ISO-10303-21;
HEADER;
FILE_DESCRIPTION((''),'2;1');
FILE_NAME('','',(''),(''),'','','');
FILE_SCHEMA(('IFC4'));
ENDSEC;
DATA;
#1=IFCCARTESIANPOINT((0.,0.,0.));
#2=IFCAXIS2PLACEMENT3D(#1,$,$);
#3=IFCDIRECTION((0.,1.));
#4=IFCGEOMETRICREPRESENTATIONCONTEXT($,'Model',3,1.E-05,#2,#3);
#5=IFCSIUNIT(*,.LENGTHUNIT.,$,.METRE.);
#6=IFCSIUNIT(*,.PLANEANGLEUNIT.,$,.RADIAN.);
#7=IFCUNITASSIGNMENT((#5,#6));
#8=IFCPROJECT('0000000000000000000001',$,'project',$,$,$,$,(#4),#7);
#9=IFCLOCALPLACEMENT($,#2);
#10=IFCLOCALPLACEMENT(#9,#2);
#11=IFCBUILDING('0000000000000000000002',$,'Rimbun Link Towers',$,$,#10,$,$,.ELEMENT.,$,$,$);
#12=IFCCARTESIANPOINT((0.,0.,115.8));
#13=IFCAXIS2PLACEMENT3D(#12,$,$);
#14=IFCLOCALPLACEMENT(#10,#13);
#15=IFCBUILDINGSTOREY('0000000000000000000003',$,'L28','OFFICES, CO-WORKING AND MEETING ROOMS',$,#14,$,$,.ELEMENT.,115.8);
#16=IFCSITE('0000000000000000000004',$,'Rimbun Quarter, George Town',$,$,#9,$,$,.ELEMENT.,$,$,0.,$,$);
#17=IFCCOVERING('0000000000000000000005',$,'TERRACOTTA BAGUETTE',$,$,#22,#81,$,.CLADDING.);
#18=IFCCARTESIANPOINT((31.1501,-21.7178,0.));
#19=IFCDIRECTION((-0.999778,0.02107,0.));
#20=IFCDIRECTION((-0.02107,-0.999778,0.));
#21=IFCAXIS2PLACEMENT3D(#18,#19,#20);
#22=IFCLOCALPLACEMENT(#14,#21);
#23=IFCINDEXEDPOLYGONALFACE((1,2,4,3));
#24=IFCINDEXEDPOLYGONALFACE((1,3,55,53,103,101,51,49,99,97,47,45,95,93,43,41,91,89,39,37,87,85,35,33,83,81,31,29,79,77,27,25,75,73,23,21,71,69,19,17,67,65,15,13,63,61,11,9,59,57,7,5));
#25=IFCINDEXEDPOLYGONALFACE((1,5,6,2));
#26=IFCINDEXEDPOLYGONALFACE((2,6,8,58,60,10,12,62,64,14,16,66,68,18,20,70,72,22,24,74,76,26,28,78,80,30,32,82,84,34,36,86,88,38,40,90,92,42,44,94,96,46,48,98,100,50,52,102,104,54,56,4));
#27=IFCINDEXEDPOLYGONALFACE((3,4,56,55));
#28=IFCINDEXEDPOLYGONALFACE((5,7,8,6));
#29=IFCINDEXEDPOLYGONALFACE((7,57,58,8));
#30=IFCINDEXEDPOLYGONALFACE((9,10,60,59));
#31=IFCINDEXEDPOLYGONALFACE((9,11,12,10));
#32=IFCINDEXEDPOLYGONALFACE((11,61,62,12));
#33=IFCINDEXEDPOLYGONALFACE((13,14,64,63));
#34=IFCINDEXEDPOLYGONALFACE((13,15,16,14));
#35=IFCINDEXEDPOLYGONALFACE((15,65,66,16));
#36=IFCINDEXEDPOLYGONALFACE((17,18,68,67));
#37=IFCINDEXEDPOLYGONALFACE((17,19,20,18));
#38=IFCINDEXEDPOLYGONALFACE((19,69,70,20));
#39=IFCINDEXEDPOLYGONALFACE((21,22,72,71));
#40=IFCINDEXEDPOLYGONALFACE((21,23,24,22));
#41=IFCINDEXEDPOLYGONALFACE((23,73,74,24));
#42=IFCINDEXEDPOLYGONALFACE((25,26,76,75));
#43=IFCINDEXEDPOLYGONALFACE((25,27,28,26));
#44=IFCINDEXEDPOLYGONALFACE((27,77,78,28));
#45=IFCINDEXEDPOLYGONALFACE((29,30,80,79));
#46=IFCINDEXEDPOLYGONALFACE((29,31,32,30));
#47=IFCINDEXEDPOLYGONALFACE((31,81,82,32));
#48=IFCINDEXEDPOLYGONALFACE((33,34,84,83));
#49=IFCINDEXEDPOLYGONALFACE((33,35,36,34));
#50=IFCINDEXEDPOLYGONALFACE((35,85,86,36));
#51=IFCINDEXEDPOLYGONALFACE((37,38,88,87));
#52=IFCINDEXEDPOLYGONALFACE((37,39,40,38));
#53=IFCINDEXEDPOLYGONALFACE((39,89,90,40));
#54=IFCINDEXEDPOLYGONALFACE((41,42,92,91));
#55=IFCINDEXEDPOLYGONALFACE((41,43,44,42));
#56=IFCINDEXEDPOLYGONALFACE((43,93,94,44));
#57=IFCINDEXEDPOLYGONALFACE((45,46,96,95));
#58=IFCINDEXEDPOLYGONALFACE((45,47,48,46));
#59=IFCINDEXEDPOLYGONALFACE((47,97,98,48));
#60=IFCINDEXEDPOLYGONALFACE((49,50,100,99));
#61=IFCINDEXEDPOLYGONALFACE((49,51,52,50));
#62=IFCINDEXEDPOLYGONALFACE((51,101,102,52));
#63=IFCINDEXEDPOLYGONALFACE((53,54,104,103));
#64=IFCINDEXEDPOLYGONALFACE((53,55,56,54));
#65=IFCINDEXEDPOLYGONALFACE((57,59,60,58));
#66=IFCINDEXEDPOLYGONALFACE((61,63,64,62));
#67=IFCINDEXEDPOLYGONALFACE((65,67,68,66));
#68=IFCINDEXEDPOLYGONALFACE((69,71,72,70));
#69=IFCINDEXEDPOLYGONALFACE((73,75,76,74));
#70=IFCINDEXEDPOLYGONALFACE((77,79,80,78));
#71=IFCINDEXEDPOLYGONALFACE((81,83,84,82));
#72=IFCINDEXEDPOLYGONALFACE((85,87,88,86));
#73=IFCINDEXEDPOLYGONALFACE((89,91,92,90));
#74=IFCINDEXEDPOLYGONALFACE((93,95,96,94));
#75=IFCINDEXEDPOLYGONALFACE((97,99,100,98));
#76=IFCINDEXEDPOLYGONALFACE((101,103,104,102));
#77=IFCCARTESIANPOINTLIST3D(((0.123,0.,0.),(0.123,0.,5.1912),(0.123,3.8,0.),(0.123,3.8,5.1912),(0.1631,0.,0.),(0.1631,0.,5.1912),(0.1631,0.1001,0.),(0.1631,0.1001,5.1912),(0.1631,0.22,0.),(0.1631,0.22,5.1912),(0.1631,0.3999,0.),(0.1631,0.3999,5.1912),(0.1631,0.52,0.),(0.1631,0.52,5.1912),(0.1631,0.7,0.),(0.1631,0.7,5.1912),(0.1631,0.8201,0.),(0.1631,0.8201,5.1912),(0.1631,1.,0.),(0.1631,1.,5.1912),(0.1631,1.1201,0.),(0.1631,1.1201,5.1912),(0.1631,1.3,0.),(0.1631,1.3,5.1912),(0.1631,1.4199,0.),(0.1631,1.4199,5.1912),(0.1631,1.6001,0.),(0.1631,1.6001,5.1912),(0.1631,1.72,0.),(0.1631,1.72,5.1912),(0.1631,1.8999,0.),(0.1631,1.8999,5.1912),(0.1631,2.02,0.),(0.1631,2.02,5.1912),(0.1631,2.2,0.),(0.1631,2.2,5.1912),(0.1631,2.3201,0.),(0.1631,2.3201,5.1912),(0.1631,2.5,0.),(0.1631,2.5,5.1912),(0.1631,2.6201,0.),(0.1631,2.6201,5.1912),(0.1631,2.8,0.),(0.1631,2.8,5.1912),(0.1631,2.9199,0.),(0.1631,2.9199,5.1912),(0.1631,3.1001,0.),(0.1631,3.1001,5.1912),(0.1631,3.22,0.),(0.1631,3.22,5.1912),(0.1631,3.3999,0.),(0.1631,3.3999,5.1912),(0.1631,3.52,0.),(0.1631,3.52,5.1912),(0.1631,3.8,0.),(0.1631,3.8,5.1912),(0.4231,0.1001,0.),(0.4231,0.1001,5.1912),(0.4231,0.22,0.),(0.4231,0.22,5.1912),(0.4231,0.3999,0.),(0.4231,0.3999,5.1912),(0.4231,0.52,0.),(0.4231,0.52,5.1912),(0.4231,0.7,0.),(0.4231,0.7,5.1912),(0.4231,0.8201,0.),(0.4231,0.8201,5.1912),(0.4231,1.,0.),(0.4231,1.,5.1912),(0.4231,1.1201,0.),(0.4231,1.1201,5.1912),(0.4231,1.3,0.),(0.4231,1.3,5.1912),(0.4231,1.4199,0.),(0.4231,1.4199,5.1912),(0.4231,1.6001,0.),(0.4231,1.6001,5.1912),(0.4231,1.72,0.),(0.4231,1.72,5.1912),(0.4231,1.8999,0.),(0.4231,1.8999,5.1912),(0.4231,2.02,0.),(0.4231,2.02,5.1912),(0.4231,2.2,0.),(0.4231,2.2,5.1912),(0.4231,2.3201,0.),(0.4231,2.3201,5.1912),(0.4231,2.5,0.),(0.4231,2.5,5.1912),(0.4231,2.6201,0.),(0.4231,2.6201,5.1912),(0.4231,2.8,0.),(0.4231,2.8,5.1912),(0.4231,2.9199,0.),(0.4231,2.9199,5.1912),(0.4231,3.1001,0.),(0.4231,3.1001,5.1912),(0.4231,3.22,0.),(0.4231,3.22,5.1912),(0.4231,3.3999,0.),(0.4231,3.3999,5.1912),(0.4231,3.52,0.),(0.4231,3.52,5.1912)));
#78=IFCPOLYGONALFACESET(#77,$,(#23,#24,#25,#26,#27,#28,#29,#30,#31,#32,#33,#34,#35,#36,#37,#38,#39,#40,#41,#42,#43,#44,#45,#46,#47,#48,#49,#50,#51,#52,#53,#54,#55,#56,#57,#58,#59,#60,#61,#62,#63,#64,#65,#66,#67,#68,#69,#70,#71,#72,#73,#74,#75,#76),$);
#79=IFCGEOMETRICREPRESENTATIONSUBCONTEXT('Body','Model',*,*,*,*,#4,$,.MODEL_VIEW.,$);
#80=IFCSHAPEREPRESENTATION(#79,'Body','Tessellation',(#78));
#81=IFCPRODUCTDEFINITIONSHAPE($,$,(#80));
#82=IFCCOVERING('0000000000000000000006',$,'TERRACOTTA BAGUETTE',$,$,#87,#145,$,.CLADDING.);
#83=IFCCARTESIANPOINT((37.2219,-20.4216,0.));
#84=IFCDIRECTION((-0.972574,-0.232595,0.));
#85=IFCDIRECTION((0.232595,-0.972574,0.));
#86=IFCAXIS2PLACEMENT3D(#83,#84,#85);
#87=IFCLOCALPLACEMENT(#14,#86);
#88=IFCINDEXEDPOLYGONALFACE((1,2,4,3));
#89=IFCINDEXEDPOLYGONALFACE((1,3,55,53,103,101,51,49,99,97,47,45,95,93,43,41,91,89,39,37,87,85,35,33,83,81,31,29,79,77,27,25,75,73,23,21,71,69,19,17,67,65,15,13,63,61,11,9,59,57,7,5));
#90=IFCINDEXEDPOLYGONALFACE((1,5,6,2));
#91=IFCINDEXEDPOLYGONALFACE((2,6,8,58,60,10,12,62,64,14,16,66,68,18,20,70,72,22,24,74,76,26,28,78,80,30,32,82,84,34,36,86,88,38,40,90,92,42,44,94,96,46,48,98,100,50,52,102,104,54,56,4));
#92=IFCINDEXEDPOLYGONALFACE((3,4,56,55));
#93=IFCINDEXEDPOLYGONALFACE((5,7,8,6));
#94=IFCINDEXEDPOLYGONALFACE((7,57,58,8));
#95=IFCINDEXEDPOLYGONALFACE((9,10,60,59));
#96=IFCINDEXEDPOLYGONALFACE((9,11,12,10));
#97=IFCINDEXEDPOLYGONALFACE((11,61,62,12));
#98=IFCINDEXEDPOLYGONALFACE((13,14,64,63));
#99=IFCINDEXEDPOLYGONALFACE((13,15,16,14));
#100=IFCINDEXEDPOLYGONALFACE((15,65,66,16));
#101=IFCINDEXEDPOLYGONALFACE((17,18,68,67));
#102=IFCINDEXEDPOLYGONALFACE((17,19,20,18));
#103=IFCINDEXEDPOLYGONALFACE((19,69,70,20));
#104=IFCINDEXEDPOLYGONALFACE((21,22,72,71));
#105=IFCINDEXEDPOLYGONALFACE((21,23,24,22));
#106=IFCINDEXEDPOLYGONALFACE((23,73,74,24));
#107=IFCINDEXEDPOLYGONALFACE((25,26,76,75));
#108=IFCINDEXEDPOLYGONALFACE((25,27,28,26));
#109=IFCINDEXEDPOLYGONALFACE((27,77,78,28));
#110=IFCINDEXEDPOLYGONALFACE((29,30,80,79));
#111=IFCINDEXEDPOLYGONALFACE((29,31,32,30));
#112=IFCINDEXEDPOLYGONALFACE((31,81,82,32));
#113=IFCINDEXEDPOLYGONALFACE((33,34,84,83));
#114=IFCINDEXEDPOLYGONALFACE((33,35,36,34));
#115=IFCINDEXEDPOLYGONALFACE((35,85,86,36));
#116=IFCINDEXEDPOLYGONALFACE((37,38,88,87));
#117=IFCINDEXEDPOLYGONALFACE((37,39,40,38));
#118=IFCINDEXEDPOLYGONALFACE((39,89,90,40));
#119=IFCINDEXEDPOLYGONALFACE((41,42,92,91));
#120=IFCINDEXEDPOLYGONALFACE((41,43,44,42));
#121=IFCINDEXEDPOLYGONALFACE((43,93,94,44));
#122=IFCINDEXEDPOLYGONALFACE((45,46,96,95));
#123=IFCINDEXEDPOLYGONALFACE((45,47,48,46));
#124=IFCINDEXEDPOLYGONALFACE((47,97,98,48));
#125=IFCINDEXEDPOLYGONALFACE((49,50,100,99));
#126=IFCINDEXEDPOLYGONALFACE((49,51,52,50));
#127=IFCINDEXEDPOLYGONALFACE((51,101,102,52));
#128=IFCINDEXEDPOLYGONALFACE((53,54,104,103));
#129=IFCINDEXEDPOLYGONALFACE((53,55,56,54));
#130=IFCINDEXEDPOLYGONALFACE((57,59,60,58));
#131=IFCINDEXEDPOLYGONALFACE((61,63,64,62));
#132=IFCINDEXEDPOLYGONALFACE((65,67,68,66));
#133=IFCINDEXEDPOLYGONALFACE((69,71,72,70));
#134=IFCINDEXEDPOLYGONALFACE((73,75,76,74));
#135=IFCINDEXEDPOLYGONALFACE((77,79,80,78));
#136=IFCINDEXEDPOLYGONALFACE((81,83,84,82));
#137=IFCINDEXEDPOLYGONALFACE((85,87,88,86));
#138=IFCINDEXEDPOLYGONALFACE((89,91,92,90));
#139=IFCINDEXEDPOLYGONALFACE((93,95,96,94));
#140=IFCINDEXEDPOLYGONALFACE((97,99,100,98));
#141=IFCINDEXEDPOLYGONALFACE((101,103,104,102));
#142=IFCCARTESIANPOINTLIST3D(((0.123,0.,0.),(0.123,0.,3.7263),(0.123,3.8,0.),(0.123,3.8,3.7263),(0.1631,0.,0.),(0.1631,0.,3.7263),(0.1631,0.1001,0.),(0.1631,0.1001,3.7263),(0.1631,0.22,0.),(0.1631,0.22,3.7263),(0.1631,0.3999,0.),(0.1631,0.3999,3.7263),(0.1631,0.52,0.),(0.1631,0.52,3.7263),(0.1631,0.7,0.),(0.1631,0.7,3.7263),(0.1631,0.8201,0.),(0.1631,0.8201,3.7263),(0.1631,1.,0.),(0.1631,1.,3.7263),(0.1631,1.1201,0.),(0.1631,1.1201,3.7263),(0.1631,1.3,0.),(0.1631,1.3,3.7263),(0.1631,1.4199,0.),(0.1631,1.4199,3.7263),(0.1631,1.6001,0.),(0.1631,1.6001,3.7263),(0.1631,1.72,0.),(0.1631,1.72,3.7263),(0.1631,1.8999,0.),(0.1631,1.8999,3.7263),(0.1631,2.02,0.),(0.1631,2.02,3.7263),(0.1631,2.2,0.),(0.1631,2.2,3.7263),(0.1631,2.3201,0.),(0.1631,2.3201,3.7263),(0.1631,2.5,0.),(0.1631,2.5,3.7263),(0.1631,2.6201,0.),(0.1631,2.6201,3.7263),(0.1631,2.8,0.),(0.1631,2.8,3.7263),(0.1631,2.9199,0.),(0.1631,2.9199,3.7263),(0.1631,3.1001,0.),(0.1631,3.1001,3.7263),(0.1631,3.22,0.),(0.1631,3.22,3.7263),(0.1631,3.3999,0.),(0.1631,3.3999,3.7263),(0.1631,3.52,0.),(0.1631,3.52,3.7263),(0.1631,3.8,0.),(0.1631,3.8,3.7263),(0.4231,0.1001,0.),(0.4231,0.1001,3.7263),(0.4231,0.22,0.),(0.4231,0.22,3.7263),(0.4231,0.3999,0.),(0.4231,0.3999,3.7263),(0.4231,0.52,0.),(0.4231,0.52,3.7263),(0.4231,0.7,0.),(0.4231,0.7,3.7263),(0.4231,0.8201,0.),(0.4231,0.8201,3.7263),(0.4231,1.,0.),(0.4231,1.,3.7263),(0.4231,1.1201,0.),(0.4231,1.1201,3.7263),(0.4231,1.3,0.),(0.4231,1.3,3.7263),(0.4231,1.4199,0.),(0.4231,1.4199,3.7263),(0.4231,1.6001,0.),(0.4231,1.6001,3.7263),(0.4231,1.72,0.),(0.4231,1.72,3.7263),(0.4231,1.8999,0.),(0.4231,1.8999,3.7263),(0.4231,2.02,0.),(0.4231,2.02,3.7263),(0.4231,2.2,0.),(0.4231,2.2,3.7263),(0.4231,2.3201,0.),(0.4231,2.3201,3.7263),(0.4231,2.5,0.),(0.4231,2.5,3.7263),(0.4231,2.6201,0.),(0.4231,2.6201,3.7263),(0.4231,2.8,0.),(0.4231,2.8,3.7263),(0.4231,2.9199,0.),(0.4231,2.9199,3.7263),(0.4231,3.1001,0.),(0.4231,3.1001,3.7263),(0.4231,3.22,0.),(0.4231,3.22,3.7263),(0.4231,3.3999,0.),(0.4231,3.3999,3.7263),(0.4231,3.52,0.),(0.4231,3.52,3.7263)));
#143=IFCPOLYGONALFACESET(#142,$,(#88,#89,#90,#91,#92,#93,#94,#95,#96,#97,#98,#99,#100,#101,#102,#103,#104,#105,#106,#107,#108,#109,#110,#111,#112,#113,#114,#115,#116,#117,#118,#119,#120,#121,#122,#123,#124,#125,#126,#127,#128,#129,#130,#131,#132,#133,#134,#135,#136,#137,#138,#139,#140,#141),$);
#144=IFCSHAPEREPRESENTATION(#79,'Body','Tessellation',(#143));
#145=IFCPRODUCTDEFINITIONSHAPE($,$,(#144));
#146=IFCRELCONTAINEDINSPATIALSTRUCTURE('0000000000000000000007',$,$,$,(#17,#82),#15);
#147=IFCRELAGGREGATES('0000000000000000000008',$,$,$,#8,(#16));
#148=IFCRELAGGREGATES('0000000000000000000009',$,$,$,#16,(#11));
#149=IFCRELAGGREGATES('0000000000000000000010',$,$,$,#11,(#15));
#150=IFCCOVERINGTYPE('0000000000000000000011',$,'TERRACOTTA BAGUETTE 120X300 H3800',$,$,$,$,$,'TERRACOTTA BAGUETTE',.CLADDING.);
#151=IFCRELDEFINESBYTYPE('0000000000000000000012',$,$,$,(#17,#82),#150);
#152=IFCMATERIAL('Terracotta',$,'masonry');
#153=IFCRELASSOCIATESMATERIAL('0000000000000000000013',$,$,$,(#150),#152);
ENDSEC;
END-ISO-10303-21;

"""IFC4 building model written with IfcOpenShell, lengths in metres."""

from ifc_helpers import new_model, si_unit, direction, frame, origin, place, context, subcontext, project, spatial, polyline, outline, extrude, material, material_profile, profile_set, type_object, element, save


model = new_model("IFC4")

# Units and contexts
model_context = context("Model", 3, precision=1e-05, world=origin(), true_north=direction((0.0, 1.0)))
body_context = subcontext(model_context, "Body", "Model", "MODEL_VIEW")
ifc_project = project(units=[si_unit("LENGTHUNIT", "METRE"), si_unit("PLANEANGLEUNIT", "RADIAN")], contexts=[model_context])

# Site, building, storey
site_placement = place(None, origin())
site = spatial("IfcSite", under=ifc_project, at=site_placement, Name="Rimbun Quarter, George Town", CompositionType="ELEMENT", RefElevation=0.0)
building_placement = place(site_placement, origin())
building = spatial("IfcBuilding", under=site, at=building_placement, Name="Rimbun Link Towers", CompositionType="ELEMENT")
storey_placement = place(building_placement, frame((0.0, 0.0, 115.8)))
storey = spatial("IfcBuildingStorey", under=building, at=storey_placement, Name="L28", Description="OFFICES, CO-WORKING AND MEETING ROOMS", CompositionType="ELEMENT", Elevation=115.8)

# Coverings
ifc_material_1 = material(Name="Terracotta", Category="masonry")
ifc_material_profile_1 = material_profile(ifc_material_1, outline(polyline([(0.123, 0.0), (0.1631, 0.0), (0.1631, 0.1001), (0.4231, 0.1001), (0.4231, 0.22), (0.1631, 0.22), (0.1631, 0.3999), (0.4231, 0.3999), (0.4231, 0.52), (0.1631, 0.52), (0.1631, 0.7), (0.4231, 0.7), (0.4231, 0.8201), (0.1631, 0.8201), (0.1631, 1.0), (0.4231, 1.0), (0.4231, 1.1201), (0.1631, 1.1201), (0.1631, 1.3), (0.4231, 1.3), (0.4231, 1.4199), (0.1631, 1.4199), (0.1631, 1.6001), (0.4231, 1.6001), (0.4231, 1.72), (0.1631, 1.72), (0.1631, 1.8999), (0.4231, 1.8999), (0.4231, 2.02), (0.1631, 2.02), (0.1631, 2.2), (0.4231, 2.2), (0.4231, 2.3201), (0.1631, 2.3201), (0.1631, 2.5), (0.4231, 2.5), (0.4231, 2.6201), (0.1631, 2.6201), (0.1631, 2.8), (0.4231, 2.8), (0.4231, 2.9199), (0.1631, 2.9199), (0.1631, 3.1001), (0.4231, 3.1001), (0.4231, 3.22), (0.1631, 3.22), (0.1631, 3.3999), (0.4231, 3.3999), (0.4231, 3.52), (0.1631, 3.52), (0.1631, 3.8), (0.123, 3.8), (0.123, 0.0)])), Name="BAGUETTE 120X300")
ifc_profile_set_1 = profile_set([ifc_material_profile_1], Name="Terracotta")
covering_type = type_object("IfcCoveringType", Name="TERRACOTTA BAGUETTE 120X300 H3800", ElementType="TERRACOTTA BAGUETTE", PredefinedType="CLADDING", material=ifc_profile_set_1)
covering_1_placement = place(storey_placement, frame((31.1501, -21.7178, 0.0), z_axis=(-0.999778, 0.02107, 0.0), x_axis=(-0.02107, -0.999778, 0.0)))
element("IfcCovering", 1, at=covering_1_placement, inside=storey, type_object=covering_type, Name="TERRACOTTA BAGUETTE", PredefinedType="CLADDING", context=body_context, shape_type="SweptSolid", body=[
    extrude(outline(polyline([(0.123, 0.0), (0.1631, 0.0), (0.1631, 0.1001), (0.4231, 0.1001), (0.4231, 0.22), (0.1631, 0.22), (0.1631, 0.3999), (0.4231, 0.3999), (0.4231, 0.52), (0.1631, 0.52), (0.1631, 0.7), (0.4231, 0.7), (0.4231, 0.8201), (0.1631, 0.8201), (0.1631, 1.0), (0.4231, 1.0), (0.4231, 1.1201), (0.1631, 1.1201), (0.1631, 1.3), (0.4231, 1.3), (0.4231, 1.4199), (0.1631, 1.4199), (0.1631, 1.6001), (0.4231, 1.6001), (0.4231, 1.72), (0.1631, 1.72), (0.1631, 1.8999), (0.4231, 1.8999), (0.4231, 2.02), (0.1631, 2.02), (0.1631, 2.2), (0.4231, 2.2), (0.4231, 2.3201), (0.1631, 2.3201), (0.1631, 2.5), (0.4231, 2.5), (0.4231, 2.6201), (0.1631, 2.6201), (0.1631, 2.8), (0.4231, 2.8), (0.4231, 2.9199), (0.1631, 2.9199), (0.1631, 3.1001), (0.4231, 3.1001), (0.4231, 3.22), (0.1631, 3.22), (0.1631, 3.3999), (0.4231, 3.3999), (0.4231, 3.52), (0.1631, 3.52), (0.1631, 3.8), (0.123, 3.8), (0.123, 0.0)])), origin(), (0.0, 0.0, 1.0), 5.1912),
])
covering_2_placement = place(storey_placement, frame((37.2219, -20.4216, 0.0), z_axis=(-0.972574, -0.232595, 0.0), x_axis=(0.232595, -0.972574, 0.0)))
element("IfcCovering", 2, at=covering_2_placement, inside=storey, type_object=covering_type, Name="TERRACOTTA BAGUETTE", PredefinedType="CLADDING", context=body_context, shape_type="SweptSolid", body=[
    extrude(outline(polyline([(0.123, 0.0), (0.1631, 0.0), (0.1631, 0.1001), (0.4231, 0.1001), (0.4231, 0.22), (0.1631, 0.22), (0.1631, 0.3999), (0.4231, 0.3999), (0.4231, 0.52), (0.1631, 0.52), (0.1631, 0.7), (0.4231, 0.7), (0.4231, 0.8201), (0.1631, 0.8201), (0.1631, 1.0), (0.4231, 1.0), (0.4231, 1.1201), (0.1631, 1.1201), (0.1631, 1.3), (0.4231, 1.3), (0.4231, 1.4199), (0.1631, 1.4199), (0.1631, 1.6001), (0.4231, 1.6001), (0.4231, 1.72), (0.1631, 1.72), (0.1631, 1.8999), (0.4231, 1.8999), (0.4231, 2.02), (0.1631, 2.02), (0.1631, 2.2), (0.4231, 2.2), (0.4231, 2.3201), (0.1631, 2.3201), (0.1631, 2.5), (0.4231, 2.5), (0.4231, 2.6201), (0.1631, 2.6201), (0.1631, 2.8), (0.4231, 2.8), (0.4231, 2.9199), (0.1631, 2.9199), (0.1631, 3.1001), (0.4231, 3.1001), (0.4231, 3.22), (0.1631, 3.22), (0.1631, 3.3999), (0.4231, 3.3999), (0.4231, 3.52), (0.1631, 3.52), (0.1631, 3.8), (0.123, 3.8), (0.123, 0.0)])), origin(), (0.0, 0.0, 1.0), 3.7263),
])

save(model, "model.ifc")
